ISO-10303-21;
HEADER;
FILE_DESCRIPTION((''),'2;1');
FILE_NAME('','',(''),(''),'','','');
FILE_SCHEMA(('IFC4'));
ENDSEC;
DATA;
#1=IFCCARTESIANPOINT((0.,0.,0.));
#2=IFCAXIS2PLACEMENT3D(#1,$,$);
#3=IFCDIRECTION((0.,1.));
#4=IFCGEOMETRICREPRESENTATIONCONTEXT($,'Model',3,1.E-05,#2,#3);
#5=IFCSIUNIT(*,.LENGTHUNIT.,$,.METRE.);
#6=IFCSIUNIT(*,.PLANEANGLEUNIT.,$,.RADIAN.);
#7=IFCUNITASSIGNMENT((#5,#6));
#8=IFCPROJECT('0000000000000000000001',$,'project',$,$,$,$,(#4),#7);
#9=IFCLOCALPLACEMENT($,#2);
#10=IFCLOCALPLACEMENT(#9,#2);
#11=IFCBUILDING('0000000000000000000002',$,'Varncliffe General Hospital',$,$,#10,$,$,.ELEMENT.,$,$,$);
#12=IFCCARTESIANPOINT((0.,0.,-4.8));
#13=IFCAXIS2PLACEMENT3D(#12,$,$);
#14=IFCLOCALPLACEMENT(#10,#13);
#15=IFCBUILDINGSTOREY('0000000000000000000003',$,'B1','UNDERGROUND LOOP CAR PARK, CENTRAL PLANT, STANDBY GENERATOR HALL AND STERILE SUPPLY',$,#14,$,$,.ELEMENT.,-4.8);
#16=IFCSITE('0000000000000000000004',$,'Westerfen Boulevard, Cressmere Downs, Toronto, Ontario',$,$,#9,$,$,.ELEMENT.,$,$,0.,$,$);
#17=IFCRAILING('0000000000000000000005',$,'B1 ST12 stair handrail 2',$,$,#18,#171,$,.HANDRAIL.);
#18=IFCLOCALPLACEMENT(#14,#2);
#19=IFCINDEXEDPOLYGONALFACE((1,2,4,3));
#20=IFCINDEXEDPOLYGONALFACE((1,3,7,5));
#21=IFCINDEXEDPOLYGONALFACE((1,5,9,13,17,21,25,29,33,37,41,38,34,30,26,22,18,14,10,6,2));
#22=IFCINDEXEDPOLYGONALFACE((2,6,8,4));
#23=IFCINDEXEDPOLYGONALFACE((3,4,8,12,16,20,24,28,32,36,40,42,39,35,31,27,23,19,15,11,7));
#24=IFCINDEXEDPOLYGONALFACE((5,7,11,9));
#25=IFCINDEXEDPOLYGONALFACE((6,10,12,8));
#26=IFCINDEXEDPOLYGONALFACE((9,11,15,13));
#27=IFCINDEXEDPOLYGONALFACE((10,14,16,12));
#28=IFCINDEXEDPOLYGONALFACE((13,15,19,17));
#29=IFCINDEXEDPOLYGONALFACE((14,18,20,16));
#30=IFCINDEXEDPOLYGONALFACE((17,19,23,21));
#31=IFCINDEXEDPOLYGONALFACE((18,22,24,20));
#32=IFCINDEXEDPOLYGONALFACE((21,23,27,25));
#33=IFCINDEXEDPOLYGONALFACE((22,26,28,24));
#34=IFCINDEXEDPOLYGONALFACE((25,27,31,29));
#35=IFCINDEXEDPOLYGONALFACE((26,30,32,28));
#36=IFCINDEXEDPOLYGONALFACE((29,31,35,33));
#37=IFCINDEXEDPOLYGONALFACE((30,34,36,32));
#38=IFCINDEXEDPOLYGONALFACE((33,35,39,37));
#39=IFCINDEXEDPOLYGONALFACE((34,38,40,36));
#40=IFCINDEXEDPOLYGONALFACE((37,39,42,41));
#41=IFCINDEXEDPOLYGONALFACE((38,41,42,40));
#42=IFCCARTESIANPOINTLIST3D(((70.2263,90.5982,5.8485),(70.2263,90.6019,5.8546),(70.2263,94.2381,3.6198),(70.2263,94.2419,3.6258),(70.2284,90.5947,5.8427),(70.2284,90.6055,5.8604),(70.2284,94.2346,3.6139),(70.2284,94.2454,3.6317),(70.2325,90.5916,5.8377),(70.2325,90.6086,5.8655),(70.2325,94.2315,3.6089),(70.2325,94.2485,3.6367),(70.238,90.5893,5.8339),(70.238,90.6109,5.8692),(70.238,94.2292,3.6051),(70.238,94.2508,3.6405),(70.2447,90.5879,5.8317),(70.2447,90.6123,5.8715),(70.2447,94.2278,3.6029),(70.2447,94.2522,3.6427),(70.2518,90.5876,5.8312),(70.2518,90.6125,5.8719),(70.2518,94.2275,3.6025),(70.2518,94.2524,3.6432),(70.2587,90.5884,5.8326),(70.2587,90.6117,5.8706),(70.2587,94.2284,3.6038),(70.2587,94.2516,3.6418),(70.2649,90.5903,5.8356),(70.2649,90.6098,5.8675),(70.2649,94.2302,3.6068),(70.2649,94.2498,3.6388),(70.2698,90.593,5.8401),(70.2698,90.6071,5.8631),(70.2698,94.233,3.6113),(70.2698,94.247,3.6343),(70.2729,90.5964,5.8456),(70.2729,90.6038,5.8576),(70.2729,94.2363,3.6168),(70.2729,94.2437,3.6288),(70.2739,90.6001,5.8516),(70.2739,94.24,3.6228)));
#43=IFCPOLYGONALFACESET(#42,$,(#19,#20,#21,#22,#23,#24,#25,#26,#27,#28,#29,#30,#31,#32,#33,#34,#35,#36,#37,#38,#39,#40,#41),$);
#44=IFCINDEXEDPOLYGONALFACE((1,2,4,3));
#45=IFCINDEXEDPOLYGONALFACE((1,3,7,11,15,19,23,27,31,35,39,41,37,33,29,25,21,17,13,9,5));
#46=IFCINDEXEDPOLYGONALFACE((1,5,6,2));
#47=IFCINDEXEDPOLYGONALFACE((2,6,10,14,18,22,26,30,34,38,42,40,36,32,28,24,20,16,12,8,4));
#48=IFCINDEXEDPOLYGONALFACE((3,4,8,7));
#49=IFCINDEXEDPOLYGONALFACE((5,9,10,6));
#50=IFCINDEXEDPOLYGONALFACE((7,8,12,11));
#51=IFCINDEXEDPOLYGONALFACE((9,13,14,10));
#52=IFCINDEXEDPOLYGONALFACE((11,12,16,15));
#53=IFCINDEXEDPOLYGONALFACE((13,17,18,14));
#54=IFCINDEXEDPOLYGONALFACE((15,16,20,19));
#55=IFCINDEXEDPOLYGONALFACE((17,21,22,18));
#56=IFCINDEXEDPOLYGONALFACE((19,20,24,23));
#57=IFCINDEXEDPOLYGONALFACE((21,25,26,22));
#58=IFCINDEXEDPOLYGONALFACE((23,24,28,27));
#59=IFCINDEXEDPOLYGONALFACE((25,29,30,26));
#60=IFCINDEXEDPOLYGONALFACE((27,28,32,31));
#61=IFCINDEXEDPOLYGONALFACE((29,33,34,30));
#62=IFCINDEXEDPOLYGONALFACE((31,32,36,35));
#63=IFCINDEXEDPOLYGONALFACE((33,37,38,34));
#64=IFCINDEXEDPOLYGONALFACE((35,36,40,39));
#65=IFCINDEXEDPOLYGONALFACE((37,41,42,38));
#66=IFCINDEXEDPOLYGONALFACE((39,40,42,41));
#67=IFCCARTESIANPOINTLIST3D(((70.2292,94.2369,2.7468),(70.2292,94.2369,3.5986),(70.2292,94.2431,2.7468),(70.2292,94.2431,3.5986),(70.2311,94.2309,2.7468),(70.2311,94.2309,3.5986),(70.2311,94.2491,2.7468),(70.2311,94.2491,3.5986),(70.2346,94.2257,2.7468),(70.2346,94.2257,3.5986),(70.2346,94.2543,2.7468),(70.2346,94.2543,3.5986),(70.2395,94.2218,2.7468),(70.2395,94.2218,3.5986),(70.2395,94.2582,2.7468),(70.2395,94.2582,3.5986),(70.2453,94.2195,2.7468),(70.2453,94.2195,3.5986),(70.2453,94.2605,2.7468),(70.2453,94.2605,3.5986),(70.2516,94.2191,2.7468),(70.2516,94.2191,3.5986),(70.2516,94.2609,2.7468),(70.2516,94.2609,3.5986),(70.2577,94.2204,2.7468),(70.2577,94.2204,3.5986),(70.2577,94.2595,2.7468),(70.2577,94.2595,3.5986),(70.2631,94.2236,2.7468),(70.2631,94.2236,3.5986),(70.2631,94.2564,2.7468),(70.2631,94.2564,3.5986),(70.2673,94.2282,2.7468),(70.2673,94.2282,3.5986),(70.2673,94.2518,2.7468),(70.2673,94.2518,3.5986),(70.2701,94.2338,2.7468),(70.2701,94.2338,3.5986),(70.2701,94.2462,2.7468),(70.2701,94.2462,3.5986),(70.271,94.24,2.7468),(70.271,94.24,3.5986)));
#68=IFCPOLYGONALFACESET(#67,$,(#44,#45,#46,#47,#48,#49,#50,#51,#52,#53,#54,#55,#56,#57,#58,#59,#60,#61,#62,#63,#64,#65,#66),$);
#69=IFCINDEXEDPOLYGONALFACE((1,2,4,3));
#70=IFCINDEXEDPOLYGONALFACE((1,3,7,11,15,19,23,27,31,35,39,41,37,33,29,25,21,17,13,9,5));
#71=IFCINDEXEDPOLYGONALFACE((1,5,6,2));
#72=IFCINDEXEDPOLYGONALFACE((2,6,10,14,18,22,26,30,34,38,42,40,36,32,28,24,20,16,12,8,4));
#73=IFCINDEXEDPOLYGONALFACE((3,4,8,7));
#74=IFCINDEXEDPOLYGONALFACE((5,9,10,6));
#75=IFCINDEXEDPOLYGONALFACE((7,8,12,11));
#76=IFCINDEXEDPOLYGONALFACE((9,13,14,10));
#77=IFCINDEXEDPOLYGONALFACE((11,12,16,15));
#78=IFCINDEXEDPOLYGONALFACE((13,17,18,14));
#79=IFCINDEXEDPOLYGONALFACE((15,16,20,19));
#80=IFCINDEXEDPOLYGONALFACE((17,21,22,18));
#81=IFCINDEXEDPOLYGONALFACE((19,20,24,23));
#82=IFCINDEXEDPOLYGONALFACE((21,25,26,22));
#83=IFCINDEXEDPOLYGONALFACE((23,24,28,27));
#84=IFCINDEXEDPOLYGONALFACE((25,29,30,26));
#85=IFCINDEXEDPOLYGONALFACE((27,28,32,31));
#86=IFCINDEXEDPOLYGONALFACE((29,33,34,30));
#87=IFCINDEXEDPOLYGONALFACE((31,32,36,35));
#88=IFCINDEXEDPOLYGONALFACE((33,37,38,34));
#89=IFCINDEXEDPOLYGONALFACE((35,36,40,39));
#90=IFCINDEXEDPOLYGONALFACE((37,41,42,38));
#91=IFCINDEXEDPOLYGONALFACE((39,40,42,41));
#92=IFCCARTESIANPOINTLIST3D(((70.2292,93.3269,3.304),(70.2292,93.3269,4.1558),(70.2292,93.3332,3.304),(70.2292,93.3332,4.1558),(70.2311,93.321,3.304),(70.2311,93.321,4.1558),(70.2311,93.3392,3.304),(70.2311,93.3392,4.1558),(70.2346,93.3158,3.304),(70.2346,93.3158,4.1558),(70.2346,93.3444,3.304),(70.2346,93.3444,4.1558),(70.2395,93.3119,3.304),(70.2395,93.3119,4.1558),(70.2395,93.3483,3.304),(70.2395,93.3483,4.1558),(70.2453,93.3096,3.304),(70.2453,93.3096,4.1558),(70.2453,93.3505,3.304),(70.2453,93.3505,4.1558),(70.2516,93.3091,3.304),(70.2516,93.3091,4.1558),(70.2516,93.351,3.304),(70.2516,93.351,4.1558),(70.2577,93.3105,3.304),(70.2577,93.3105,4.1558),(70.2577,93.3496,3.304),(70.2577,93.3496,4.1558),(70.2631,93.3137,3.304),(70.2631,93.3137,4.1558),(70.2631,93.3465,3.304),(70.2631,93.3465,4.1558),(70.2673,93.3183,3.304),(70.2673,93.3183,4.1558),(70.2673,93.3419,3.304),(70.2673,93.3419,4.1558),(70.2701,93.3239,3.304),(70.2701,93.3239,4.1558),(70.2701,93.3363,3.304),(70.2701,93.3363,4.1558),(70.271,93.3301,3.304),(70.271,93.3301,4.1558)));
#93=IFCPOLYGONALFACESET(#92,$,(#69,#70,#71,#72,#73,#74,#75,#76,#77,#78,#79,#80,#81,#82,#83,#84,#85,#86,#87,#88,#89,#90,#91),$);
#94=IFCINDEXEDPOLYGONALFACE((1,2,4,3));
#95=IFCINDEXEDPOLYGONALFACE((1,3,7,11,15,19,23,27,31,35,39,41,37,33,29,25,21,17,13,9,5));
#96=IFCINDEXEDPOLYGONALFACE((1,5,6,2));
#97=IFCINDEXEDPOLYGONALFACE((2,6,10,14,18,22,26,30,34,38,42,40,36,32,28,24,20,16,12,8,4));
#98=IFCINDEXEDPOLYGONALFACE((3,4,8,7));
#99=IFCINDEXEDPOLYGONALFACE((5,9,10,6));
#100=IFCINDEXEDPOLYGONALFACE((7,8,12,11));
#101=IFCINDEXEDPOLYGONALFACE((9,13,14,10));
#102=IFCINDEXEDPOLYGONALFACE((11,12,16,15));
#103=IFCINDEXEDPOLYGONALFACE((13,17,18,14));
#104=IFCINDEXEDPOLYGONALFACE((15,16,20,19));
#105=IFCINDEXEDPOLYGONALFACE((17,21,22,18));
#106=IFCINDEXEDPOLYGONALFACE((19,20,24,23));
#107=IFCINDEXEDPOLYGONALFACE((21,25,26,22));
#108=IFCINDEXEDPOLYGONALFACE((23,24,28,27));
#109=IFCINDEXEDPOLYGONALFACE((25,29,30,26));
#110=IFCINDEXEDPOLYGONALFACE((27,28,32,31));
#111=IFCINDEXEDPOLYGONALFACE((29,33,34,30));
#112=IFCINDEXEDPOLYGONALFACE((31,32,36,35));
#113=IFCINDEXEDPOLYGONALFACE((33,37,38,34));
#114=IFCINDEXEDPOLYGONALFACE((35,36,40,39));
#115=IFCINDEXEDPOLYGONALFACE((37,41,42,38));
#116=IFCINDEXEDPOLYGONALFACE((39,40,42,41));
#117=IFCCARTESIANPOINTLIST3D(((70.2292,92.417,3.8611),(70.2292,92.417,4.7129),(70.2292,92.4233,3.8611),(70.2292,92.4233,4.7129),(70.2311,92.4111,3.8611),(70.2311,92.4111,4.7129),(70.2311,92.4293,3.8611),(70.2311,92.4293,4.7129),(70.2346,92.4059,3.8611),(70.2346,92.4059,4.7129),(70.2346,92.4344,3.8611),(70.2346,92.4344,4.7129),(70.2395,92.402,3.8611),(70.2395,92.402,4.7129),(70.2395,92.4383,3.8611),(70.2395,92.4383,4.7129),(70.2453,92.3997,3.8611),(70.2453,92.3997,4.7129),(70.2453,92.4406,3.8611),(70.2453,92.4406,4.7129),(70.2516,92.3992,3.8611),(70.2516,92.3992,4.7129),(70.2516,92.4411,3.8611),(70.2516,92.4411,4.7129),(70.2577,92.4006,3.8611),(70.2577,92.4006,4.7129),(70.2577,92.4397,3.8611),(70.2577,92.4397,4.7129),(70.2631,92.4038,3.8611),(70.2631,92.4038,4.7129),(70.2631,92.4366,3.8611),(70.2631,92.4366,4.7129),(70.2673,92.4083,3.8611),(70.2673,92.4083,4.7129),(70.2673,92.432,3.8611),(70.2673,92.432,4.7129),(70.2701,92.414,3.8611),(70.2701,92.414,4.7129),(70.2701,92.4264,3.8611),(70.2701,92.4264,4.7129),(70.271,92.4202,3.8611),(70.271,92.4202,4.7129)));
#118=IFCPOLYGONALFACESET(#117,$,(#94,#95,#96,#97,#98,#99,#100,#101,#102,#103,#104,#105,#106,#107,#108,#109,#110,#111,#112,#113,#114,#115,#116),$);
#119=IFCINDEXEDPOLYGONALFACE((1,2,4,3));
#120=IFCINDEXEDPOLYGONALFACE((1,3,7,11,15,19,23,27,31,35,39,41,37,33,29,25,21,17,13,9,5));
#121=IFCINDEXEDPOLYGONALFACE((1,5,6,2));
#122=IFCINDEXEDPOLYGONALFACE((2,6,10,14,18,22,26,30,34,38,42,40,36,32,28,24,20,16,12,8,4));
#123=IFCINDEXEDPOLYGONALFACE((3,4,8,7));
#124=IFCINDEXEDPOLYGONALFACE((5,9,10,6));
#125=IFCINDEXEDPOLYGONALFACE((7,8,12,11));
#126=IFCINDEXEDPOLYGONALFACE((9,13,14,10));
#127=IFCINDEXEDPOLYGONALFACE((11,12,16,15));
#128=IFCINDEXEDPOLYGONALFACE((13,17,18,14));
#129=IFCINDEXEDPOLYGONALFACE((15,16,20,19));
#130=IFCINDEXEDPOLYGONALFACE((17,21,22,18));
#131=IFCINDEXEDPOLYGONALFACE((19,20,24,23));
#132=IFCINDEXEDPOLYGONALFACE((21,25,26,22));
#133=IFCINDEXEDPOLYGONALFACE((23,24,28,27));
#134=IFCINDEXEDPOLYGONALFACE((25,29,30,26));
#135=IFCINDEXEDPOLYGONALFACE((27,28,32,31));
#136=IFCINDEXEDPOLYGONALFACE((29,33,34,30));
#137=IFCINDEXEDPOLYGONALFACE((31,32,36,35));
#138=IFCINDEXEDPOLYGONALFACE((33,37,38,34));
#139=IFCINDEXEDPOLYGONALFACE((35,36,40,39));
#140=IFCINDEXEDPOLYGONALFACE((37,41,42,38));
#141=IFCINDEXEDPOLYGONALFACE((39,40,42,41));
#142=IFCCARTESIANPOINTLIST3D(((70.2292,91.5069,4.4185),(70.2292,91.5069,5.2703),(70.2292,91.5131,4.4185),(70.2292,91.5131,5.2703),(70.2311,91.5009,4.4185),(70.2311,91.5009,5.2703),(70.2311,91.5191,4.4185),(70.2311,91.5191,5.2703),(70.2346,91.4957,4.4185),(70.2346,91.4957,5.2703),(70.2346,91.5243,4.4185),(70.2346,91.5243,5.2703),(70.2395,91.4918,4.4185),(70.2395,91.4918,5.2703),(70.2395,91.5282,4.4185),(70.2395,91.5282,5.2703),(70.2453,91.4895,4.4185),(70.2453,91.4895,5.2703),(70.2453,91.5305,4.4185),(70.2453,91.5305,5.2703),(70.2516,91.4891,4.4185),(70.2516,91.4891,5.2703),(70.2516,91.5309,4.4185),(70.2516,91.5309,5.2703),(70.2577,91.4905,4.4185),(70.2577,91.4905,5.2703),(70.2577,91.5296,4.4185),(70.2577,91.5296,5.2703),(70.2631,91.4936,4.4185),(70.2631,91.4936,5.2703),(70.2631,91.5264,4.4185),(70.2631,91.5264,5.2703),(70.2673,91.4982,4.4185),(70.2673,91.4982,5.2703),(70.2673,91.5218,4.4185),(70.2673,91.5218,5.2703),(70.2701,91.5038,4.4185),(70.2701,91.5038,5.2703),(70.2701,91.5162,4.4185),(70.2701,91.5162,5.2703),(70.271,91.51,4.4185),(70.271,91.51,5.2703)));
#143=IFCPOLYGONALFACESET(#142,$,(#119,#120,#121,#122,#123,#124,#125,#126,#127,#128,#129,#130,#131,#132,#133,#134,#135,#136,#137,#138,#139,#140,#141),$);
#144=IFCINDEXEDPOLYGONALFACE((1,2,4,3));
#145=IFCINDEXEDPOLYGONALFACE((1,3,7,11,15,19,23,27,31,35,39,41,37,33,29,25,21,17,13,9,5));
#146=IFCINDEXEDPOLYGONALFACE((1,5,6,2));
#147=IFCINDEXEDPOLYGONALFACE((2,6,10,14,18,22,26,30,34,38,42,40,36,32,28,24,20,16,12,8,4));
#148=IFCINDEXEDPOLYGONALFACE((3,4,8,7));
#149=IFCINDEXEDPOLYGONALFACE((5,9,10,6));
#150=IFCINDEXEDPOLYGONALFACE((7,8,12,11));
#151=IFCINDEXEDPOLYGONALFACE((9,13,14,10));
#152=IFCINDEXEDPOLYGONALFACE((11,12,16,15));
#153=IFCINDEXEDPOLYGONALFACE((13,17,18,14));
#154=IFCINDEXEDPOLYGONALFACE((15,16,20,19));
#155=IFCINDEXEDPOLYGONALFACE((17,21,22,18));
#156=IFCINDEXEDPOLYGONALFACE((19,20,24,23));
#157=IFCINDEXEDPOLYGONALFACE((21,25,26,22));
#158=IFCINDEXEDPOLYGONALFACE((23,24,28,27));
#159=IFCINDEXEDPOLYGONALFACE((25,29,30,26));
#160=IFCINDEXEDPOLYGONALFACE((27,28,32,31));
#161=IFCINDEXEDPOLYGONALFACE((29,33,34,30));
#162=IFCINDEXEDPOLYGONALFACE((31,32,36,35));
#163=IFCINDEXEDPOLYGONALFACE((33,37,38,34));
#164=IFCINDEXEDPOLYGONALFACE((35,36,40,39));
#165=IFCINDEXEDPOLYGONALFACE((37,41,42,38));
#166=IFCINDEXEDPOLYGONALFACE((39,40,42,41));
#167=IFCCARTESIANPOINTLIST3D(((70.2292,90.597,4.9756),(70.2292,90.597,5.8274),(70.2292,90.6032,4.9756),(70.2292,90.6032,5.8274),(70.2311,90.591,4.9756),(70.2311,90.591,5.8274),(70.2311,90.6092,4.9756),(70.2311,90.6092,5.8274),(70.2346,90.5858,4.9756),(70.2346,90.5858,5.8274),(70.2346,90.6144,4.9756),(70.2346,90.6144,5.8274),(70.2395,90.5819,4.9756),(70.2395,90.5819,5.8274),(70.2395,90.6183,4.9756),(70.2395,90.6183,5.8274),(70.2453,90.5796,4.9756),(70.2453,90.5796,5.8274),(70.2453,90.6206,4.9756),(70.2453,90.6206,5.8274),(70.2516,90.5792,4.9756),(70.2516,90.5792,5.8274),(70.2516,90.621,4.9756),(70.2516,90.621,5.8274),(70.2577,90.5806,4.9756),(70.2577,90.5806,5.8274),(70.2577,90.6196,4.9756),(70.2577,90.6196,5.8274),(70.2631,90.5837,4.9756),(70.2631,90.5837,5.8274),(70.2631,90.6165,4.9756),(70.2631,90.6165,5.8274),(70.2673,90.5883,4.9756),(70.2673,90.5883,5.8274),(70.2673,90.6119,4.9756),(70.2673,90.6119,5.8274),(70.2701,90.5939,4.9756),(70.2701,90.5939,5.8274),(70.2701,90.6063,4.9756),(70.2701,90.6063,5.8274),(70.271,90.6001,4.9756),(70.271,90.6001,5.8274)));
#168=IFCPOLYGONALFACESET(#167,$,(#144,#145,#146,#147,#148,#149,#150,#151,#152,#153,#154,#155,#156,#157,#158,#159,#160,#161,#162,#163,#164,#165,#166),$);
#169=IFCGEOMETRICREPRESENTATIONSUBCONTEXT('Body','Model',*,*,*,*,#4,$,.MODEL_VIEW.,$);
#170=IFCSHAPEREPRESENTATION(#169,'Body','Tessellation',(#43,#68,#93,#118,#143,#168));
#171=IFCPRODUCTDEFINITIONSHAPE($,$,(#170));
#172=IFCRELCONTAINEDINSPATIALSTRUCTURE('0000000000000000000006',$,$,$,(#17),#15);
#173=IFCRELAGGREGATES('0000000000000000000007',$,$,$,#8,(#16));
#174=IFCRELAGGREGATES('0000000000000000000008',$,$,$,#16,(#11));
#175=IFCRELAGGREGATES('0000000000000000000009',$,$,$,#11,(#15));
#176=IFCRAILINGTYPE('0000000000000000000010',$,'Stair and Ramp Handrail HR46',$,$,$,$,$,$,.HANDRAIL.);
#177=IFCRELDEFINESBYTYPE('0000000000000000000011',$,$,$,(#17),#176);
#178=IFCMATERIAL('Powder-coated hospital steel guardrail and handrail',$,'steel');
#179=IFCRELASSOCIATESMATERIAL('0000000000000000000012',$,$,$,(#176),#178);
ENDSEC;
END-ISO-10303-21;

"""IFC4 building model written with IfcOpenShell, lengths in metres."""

from ifc_helpers import new_model, si_unit, direction, frame, origin, origin_2d, place, context, subcontext, project, spatial, circle, extrude, material, type_object, element, save


model = new_model("IFC4")

# Units and contexts
model_context = context("Model", 3, precision=1e-05, world=origin(), true_north=direction((0.0, 1.0)))
body_context = subcontext(model_context, "Body", "Model", "MODEL_VIEW")
ifc_project = project(units=[si_unit("LENGTHUNIT", "METRE"), si_unit("PLANEANGLEUNIT", "RADIAN")], contexts=[model_context])

# Site, building, storey
site_placement = place(None, origin())
site = spatial("IfcSite", under=ifc_project, at=site_placement, Name="Westerfen Boulevard, Cressmere Downs, Toronto, Ontario", CompositionType="ELEMENT", RefElevation=0.0)
building_placement = place(site_placement, origin())
building = spatial("IfcBuilding", under=site, at=building_placement, Name="Varncliffe General Hospital", CompositionType="ELEMENT")
storey_placement = place(building_placement, frame((0.0, 0.0, -4.8)))
storey = spatial("IfcBuildingStorey", under=building, at=storey_placement, Name="B1", Description="UNDERGROUND LOOP CAR PARK, CENTRAL PLANT, STANDBY GENERATOR HALL AND STERILE SUPPLY", CompositionType="ELEMENT", Elevation=-4.8)

# Railing
ifc_material_1 = material(Name="Powder-coated hospital steel guardrail and handrail", Category="steel")
railing_type_1 = type_object("IfcRailingType", Name="Stair and Ramp Handrail HR46", PredefinedType="HANDRAIL", material=ifc_material_1)
railing_1_placement = place(storey_placement, frame((70.25, 94.24, 2.7468)))
element("IfcRailing", 1, at=railing_1_placement, inside=storey, type_object=railing_type_1, Name="B1 ST12 stair handrail 2", PredefinedType="HANDRAIL", context=body_context, shape_type="SweptSolid", body=[
    extrude(circle(Radius=0.0239, at=origin_2d()), frame((0.0, 0.0, 0.876), z_axis=(0.0, -0.852825, 0.522197), x_axis=(1.0, 0.0, 0.0)), (0.0, 0.0, 1.0), 4.2681),
    extrude(circle(Radius=0.021, at=origin_2d()), origin(), (0.0, 0.0, 1.0), 0.8518),
    extrude(circle(Radius=0.021, at=origin_2d()), frame((0.0, -0.9099, 0.5571)), (0.0, 0.0, 1.0), 0.8518),
    extrude(circle(Radius=0.021, at=origin_2d()), frame((0.0, -1.8198, 1.1143)), (0.0, 0.0, 1.0), 0.8518),
    extrude(circle(Radius=0.021, at=origin_2d()), frame((0.0, -2.73, 1.6716)), (0.0, 0.0, 1.0), 0.8518),
    extrude(circle(Radius=0.021, at=origin_2d()), frame((0.0, -3.6399, 2.2288)), (0.0, 0.0, 1.0), 0.8518),
])

save(model, "model.ifc")
